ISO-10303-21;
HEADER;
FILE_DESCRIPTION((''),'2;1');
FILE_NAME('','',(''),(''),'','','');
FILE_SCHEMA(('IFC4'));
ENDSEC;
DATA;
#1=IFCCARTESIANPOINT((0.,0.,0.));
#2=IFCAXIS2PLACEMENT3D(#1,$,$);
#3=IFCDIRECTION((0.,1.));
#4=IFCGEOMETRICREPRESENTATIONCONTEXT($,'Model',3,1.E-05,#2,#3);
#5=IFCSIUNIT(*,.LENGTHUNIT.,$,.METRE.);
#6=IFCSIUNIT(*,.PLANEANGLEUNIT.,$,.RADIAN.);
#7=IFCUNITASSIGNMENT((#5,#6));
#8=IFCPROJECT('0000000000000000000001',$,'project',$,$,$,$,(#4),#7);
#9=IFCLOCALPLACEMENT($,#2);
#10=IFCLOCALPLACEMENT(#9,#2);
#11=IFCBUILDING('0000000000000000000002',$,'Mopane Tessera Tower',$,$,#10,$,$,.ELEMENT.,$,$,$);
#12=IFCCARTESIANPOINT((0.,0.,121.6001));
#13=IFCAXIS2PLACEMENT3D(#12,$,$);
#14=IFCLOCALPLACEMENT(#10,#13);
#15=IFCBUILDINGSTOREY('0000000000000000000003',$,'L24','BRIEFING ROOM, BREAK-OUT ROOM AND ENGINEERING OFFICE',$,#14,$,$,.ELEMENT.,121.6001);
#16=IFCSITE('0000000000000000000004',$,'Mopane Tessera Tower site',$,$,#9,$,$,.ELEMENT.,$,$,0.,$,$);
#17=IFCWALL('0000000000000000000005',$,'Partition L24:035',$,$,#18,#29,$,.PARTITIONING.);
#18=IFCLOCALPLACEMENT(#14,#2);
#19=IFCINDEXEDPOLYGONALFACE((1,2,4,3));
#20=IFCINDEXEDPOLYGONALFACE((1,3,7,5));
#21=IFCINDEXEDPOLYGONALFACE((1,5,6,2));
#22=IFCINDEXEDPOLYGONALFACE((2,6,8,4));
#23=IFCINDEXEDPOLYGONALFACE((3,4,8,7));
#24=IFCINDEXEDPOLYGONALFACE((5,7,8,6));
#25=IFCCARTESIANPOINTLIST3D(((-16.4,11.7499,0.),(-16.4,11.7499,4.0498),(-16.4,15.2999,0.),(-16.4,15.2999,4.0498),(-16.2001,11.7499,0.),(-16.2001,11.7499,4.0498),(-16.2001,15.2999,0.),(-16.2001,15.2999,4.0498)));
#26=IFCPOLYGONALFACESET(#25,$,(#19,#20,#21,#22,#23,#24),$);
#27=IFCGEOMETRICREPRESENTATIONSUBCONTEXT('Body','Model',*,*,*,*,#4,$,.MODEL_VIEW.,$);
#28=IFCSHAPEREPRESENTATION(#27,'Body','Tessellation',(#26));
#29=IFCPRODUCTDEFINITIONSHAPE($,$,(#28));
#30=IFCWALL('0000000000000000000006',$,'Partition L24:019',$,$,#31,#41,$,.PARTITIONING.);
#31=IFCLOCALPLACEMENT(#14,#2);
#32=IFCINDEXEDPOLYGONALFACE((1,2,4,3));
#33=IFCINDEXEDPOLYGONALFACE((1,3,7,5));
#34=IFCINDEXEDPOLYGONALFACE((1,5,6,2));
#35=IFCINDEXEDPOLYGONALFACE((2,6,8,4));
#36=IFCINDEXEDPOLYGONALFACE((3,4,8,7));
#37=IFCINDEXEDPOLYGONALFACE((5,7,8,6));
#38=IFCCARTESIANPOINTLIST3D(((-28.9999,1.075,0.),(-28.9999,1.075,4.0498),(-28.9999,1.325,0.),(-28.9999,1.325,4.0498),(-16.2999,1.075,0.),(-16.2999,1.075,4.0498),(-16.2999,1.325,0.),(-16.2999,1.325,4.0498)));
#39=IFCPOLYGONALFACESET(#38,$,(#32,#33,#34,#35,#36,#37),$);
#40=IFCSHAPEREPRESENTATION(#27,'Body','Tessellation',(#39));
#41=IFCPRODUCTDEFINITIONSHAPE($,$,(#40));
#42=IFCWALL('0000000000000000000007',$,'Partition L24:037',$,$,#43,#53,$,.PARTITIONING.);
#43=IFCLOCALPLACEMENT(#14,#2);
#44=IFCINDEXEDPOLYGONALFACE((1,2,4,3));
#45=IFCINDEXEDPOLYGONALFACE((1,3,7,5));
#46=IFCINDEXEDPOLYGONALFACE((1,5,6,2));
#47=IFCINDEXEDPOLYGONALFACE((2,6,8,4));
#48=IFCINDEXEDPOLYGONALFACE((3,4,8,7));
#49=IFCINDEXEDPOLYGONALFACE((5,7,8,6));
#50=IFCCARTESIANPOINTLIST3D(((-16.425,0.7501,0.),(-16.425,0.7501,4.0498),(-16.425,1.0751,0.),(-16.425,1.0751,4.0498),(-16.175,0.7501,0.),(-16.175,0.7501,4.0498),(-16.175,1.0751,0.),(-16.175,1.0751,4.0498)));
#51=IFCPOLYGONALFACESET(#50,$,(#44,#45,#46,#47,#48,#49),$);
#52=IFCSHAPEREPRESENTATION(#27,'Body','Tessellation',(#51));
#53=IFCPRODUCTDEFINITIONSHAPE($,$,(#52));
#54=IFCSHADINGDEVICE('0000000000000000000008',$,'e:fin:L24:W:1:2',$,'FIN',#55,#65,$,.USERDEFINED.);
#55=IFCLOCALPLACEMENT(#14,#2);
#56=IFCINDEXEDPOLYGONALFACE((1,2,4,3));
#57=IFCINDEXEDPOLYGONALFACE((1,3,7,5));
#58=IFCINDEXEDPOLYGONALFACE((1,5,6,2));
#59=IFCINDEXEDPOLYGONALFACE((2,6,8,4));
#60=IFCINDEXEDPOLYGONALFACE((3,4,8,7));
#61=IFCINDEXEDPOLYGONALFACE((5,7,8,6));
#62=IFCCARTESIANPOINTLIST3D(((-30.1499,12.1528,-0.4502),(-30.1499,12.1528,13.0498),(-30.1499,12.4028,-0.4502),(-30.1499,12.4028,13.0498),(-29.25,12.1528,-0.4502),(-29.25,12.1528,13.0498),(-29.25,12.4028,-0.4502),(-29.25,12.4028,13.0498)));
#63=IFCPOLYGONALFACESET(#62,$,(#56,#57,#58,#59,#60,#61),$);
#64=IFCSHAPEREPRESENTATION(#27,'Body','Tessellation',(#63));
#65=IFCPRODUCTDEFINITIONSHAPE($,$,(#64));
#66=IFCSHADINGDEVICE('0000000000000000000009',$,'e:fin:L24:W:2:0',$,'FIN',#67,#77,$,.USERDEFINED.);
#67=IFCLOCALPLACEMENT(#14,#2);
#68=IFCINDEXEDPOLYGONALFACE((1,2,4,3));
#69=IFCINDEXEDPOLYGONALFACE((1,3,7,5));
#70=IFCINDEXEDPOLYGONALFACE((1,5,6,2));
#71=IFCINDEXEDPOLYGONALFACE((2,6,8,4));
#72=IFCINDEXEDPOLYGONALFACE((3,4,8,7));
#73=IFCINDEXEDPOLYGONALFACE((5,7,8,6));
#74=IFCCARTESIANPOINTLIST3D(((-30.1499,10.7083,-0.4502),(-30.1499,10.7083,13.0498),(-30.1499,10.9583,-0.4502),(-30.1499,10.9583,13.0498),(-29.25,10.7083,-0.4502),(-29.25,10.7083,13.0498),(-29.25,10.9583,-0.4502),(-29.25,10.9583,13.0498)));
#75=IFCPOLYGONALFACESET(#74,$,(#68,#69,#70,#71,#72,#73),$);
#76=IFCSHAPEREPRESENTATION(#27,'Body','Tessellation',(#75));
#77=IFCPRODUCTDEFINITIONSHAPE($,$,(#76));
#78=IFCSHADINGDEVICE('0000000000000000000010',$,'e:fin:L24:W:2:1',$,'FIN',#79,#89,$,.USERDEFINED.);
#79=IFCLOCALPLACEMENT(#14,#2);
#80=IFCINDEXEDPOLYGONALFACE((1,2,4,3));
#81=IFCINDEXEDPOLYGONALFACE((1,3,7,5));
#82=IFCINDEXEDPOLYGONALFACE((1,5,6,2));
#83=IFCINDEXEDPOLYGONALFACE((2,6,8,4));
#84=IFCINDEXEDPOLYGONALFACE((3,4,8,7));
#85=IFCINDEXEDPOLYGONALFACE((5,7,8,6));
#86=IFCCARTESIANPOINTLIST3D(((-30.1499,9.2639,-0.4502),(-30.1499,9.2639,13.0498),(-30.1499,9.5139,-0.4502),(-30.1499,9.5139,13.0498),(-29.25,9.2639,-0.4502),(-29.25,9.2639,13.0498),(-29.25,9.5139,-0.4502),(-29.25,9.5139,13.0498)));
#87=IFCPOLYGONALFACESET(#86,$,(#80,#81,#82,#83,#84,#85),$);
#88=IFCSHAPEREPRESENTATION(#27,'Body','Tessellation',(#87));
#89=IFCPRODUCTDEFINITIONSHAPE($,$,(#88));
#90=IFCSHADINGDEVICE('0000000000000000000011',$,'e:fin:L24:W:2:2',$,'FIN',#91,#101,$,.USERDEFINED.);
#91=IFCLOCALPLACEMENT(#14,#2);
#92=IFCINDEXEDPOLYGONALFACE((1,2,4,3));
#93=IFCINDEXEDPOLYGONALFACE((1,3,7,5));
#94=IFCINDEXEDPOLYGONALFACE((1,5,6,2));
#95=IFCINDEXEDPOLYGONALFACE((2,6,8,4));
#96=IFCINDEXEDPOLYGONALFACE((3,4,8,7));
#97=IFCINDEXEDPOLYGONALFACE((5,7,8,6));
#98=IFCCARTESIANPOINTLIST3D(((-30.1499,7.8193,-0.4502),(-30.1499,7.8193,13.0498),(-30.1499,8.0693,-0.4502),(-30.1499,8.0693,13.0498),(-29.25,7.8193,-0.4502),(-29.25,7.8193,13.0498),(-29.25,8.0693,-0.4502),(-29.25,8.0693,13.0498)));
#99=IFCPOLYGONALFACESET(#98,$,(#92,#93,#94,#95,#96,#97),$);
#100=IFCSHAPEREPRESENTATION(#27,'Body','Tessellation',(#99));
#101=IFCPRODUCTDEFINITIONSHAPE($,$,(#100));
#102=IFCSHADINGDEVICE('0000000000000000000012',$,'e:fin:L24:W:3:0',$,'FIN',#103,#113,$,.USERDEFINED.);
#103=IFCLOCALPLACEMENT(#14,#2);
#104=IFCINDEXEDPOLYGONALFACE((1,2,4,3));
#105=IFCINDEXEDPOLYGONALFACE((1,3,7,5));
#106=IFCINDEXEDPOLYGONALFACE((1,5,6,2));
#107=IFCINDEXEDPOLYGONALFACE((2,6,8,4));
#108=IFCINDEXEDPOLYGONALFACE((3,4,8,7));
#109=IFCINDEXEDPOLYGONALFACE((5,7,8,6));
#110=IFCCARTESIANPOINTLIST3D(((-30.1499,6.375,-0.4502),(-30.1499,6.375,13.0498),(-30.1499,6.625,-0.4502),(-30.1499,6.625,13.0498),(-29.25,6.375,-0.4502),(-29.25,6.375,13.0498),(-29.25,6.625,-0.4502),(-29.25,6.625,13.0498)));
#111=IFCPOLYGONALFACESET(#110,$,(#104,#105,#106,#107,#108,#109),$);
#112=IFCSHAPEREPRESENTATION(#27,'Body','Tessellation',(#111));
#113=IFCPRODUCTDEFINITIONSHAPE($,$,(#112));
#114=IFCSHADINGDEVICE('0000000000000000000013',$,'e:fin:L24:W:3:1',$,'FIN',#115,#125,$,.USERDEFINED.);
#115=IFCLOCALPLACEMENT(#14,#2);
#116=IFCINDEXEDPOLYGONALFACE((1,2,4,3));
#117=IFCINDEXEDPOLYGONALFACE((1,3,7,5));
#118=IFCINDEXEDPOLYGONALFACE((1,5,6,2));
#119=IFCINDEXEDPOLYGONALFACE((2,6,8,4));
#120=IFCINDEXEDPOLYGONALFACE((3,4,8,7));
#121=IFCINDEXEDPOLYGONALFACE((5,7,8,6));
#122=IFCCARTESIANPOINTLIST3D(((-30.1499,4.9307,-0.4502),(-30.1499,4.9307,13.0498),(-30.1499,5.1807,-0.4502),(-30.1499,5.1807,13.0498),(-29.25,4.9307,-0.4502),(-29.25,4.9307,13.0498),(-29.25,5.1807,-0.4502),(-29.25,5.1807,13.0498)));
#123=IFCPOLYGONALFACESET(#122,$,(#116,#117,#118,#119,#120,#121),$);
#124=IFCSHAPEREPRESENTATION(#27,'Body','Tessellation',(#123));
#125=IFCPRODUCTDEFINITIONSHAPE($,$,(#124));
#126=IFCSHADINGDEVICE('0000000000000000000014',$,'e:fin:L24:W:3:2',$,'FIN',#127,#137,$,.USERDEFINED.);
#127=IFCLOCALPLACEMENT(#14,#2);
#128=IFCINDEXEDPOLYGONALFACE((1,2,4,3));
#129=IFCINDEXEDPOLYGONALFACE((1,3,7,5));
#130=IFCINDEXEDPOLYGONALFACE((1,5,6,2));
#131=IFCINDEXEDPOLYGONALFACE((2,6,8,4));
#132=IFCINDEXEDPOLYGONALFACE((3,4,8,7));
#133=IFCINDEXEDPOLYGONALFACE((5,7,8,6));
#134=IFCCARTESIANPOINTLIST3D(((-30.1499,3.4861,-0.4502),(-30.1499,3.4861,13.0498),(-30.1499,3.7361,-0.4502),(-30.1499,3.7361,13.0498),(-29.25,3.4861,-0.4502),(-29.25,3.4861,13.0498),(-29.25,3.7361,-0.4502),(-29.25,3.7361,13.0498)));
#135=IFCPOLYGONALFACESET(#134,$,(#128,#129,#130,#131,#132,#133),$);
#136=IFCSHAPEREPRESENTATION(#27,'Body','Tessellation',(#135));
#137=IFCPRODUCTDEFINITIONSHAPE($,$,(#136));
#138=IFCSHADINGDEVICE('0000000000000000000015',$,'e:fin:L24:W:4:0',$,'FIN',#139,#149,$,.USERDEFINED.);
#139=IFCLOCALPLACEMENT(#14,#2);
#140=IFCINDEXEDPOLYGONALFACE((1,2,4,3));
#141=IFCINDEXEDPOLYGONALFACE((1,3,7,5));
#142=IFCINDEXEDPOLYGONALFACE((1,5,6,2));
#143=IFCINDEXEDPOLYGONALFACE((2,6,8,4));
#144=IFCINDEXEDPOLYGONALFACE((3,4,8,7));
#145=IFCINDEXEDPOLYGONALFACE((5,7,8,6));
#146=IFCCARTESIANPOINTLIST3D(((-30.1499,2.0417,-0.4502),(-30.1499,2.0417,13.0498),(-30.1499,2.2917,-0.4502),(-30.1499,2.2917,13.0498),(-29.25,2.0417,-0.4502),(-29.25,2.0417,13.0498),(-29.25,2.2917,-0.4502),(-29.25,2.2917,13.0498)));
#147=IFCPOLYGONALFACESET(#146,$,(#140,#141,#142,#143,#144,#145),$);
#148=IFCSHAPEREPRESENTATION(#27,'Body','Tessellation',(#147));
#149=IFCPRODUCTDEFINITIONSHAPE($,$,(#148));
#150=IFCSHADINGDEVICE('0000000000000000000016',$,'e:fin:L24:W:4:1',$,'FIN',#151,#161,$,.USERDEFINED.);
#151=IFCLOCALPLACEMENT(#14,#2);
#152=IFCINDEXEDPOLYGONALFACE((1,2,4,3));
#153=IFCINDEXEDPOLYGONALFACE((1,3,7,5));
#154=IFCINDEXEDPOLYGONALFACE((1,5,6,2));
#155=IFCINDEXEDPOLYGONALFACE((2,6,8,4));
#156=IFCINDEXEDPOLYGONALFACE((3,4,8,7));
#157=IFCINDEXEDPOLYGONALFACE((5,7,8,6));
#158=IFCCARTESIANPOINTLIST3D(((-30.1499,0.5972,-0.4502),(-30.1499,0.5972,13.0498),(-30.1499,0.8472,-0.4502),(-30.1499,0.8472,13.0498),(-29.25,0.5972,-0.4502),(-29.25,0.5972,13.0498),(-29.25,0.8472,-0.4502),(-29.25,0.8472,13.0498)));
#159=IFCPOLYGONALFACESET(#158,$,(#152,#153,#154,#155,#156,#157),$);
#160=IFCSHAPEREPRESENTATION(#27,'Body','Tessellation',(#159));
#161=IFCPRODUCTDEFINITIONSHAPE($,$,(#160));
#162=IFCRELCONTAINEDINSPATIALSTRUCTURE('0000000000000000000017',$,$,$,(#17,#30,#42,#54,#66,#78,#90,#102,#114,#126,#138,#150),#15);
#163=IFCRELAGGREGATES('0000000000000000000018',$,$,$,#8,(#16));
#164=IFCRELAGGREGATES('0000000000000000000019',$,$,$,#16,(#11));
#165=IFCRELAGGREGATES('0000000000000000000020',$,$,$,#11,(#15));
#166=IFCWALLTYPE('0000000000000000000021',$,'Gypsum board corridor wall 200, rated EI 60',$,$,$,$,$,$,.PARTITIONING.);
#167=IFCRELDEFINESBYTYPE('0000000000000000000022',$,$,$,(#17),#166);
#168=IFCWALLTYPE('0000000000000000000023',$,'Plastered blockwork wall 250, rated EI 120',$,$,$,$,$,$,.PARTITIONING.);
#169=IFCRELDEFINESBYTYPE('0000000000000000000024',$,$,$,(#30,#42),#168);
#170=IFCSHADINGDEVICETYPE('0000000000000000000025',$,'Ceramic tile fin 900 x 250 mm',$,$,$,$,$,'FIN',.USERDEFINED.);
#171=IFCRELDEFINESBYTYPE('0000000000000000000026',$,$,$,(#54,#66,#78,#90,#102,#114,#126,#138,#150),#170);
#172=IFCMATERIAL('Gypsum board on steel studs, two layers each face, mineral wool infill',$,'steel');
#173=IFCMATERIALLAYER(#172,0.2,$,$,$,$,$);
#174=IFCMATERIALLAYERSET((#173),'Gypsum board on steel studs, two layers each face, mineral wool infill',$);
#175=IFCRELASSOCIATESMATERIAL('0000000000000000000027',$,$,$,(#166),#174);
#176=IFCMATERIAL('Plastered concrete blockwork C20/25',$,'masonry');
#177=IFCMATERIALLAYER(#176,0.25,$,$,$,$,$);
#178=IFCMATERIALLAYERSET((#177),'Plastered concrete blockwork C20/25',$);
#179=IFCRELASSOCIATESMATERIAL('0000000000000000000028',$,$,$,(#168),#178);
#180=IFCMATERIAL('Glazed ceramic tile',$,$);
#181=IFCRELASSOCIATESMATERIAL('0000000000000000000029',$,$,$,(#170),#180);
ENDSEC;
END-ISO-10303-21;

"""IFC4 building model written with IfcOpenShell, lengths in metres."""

from ifc_helpers import new_model, si_unit, direction, frame, frame_2d, origin, origin_2d, place, context, subcontext, project, spatial, rectangle, extrude, material, layer, layer_set, type_object, element, save


model = new_model("IFC4")

# Units and contexts
model_context = context("Model", 3, precision=1e-05, world=origin(), true_north=direction((0.0, 1.0)))
body_context = subcontext(model_context, "Body", "Model", "MODEL_VIEW")
ifc_project = project(units=[si_unit("LENGTHUNIT", "METRE"), si_unit("PLANEANGLEUNIT", "RADIAN")], contexts=[model_context])

# Site, building, storey
site_placement = place(None, origin())
site = spatial("IfcSite", under=ifc_project, at=site_placement, Name="Mopane Tessera Tower site", CompositionType="ELEMENT", RefElevation=0.0)
building_placement = place(site_placement, origin())
building = spatial("IfcBuilding", under=site, at=building_placement, Name="Mopane Tessera Tower", CompositionType="ELEMENT")
storey_placement = place(building_placement, frame((0.0, 0.0, 121.6001)))
storey = spatial("IfcBuildingStorey", under=building, at=storey_placement, Name="L24", Description="BRIEFING ROOM, BREAK-OUT ROOM AND ENGINEERING OFFICE", CompositionType="ELEMENT", Elevation=121.6001)

# Shared definitions
ifc_material_1 = material(Name="Gypsum board on steel studs, two layers each face, mineral wool infill", Category="steel")
ifc_layer_1 = layer(ifc_material_1, 0.2)
ifc_layer_set_1 = layer_set([ifc_layer_1], Name="Gypsum board on steel studs, two layers each face, mineral wool infill")
wall_type_1 = type_object("IfcWallType", Name="Gypsum board corridor wall 200, rated EI 60", PredefinedType="PARTITIONING", material=ifc_layer_set_1)

# Walls
wall_1_placement = place(storey_placement, frame((-16.3, 11.75, 0.0), z_axis=(0.0, 0.0, 1.0), x_axis=(0.0, 1.0, 0.0)))
element("IfcWall", 1, at=wall_1_placement, inside=storey, type_object=wall_type_1, Name="Partition L24:035", PredefinedType="PARTITIONING", context=body_context, shape_type="SweptSolid", body=[
    extrude(rectangle(XDim=3.55, YDim=0.2, at=frame_2d((1.7749, 0.0))), origin(), (0.0, 0.0, 1.0), 4.0498),
])
ifc_material_2 = material(Name="Plastered concrete blockwork C20/25", Category="masonry")
ifc_layer_2 = layer(ifc_material_2, 0.25)
ifc_layer_set_2 = layer_set([ifc_layer_2], Name="Plastered concrete blockwork C20/25")
wall_type_2 = type_object("IfcWallType", Name="Plastered blockwork wall 250, rated EI 120", PredefinedType="PARTITIONING", material=ifc_layer_set_2)
wall_2_placement = place(storey_placement, frame((-29.0, 1.2, 0.0), z_axis=(0.0, 0.0, 1.0), x_axis=(1.0, 0.0, 0.0)))
element("IfcWall", 2, at=wall_2_placement, inside=storey, type_object=wall_type_2, Name="Partition L24:019", PredefinedType="PARTITIONING", context=body_context, shape_type="SweptSolid", body=[
    extrude(rectangle(XDim=12.7, YDim=0.25, at=frame_2d((6.3501, 0.0))), origin(), (0.0, 0.0, 1.0), 4.0498),
])
wall_3_placement = place(storey_placement, frame((-16.3, 0.75, 0.0), z_axis=(0.0, 0.0, 1.0), x_axis=(0.0, 1.0, 0.0)))
element("IfcWall", 3, at=wall_3_placement, inside=storey, type_object=wall_type_2, Name="Partition L24:037", PredefinedType="PARTITIONING", context=body_context, shape_type="SweptSolid", body=[
    extrude(rectangle(XDim=0.325, YDim=0.25, at=frame_2d((0.1626, 0.0))), origin(), (0.0, 0.0, 1.0), 4.0498),
])

# Shading devices
ifc_material_3 = material(Name="Glazed ceramic tile")
shading_device_type = type_object("IfcShadingDeviceType", Name="Ceramic tile fin 900 x 250 mm", ElementType="FIN", PredefinedType="USERDEFINED", material=ifc_material_3)
for number, where, z_axis, x_axis, name in (
    (4, (-29.7, 12.2778, -0.4502), (0.0, 0.0, 1.0), (0.0, -1.0, 0.0), "e:fin:L24:W:1:2"),
    (5, (-29.7, 10.8333, -0.4502), (0.0, 0.0, 1.0), (0.0, -1.0, 0.0), "e:fin:L24:W:2:0"),
    (6, (-29.7, 9.3889, -0.4502), (0.0, 0.0, 1.0), (0.0, -1.0, 0.0), "e:fin:L24:W:2:1"),
    (7, (-29.7, 7.9443, -0.4502), (0.0, 0.0, 1.0), (0.0, -1.0, 0.0), "e:fin:L24:W:2:2"),
    (8, (-29.7, 6.5, -0.4502), (0.0, 0.0, 1.0), (0.0, -1.0, 0.0), "e:fin:L24:W:3:0"),
    (9, (-29.7, 5.0557, -0.4502), (0.0, 0.0, 1.0), (0.0, -1.0, 0.0), "e:fin:L24:W:3:1"),
    (10, (-29.7, 3.6111, -0.4502), (0.0, 0.0, 1.0), (0.0, -1.0, 0.0), "e:fin:L24:W:3:2"),
    (11, (-29.7, 2.1667, -0.4502), (0.0, 0.0, 1.0), (0.0, -1.0, 0.0), "e:fin:L24:W:4:0"),
    (12, (-29.7, 0.7222, -0.4502), (0.0, 0.0, 1.0), (0.0, -1.0, 0.0), "e:fin:L24:W:4:1"),
):
    element("IfcShadingDevice", number, at=place(storey_placement, frame(where, z_axis=z_axis, x_axis=x_axis)), inside=storey, type_object=shading_device_type, Name=name, ObjectType="FIN", PredefinedType="USERDEFINED", context=body_context, shape_type="SweptSolid", body=[
        extrude(rectangle(XDim=0.25, YDim=0.8999, at=origin_2d()), origin(), (0.0, 0.0, 1.0), 13.5),
    ])

save(model, "model.ifc")
